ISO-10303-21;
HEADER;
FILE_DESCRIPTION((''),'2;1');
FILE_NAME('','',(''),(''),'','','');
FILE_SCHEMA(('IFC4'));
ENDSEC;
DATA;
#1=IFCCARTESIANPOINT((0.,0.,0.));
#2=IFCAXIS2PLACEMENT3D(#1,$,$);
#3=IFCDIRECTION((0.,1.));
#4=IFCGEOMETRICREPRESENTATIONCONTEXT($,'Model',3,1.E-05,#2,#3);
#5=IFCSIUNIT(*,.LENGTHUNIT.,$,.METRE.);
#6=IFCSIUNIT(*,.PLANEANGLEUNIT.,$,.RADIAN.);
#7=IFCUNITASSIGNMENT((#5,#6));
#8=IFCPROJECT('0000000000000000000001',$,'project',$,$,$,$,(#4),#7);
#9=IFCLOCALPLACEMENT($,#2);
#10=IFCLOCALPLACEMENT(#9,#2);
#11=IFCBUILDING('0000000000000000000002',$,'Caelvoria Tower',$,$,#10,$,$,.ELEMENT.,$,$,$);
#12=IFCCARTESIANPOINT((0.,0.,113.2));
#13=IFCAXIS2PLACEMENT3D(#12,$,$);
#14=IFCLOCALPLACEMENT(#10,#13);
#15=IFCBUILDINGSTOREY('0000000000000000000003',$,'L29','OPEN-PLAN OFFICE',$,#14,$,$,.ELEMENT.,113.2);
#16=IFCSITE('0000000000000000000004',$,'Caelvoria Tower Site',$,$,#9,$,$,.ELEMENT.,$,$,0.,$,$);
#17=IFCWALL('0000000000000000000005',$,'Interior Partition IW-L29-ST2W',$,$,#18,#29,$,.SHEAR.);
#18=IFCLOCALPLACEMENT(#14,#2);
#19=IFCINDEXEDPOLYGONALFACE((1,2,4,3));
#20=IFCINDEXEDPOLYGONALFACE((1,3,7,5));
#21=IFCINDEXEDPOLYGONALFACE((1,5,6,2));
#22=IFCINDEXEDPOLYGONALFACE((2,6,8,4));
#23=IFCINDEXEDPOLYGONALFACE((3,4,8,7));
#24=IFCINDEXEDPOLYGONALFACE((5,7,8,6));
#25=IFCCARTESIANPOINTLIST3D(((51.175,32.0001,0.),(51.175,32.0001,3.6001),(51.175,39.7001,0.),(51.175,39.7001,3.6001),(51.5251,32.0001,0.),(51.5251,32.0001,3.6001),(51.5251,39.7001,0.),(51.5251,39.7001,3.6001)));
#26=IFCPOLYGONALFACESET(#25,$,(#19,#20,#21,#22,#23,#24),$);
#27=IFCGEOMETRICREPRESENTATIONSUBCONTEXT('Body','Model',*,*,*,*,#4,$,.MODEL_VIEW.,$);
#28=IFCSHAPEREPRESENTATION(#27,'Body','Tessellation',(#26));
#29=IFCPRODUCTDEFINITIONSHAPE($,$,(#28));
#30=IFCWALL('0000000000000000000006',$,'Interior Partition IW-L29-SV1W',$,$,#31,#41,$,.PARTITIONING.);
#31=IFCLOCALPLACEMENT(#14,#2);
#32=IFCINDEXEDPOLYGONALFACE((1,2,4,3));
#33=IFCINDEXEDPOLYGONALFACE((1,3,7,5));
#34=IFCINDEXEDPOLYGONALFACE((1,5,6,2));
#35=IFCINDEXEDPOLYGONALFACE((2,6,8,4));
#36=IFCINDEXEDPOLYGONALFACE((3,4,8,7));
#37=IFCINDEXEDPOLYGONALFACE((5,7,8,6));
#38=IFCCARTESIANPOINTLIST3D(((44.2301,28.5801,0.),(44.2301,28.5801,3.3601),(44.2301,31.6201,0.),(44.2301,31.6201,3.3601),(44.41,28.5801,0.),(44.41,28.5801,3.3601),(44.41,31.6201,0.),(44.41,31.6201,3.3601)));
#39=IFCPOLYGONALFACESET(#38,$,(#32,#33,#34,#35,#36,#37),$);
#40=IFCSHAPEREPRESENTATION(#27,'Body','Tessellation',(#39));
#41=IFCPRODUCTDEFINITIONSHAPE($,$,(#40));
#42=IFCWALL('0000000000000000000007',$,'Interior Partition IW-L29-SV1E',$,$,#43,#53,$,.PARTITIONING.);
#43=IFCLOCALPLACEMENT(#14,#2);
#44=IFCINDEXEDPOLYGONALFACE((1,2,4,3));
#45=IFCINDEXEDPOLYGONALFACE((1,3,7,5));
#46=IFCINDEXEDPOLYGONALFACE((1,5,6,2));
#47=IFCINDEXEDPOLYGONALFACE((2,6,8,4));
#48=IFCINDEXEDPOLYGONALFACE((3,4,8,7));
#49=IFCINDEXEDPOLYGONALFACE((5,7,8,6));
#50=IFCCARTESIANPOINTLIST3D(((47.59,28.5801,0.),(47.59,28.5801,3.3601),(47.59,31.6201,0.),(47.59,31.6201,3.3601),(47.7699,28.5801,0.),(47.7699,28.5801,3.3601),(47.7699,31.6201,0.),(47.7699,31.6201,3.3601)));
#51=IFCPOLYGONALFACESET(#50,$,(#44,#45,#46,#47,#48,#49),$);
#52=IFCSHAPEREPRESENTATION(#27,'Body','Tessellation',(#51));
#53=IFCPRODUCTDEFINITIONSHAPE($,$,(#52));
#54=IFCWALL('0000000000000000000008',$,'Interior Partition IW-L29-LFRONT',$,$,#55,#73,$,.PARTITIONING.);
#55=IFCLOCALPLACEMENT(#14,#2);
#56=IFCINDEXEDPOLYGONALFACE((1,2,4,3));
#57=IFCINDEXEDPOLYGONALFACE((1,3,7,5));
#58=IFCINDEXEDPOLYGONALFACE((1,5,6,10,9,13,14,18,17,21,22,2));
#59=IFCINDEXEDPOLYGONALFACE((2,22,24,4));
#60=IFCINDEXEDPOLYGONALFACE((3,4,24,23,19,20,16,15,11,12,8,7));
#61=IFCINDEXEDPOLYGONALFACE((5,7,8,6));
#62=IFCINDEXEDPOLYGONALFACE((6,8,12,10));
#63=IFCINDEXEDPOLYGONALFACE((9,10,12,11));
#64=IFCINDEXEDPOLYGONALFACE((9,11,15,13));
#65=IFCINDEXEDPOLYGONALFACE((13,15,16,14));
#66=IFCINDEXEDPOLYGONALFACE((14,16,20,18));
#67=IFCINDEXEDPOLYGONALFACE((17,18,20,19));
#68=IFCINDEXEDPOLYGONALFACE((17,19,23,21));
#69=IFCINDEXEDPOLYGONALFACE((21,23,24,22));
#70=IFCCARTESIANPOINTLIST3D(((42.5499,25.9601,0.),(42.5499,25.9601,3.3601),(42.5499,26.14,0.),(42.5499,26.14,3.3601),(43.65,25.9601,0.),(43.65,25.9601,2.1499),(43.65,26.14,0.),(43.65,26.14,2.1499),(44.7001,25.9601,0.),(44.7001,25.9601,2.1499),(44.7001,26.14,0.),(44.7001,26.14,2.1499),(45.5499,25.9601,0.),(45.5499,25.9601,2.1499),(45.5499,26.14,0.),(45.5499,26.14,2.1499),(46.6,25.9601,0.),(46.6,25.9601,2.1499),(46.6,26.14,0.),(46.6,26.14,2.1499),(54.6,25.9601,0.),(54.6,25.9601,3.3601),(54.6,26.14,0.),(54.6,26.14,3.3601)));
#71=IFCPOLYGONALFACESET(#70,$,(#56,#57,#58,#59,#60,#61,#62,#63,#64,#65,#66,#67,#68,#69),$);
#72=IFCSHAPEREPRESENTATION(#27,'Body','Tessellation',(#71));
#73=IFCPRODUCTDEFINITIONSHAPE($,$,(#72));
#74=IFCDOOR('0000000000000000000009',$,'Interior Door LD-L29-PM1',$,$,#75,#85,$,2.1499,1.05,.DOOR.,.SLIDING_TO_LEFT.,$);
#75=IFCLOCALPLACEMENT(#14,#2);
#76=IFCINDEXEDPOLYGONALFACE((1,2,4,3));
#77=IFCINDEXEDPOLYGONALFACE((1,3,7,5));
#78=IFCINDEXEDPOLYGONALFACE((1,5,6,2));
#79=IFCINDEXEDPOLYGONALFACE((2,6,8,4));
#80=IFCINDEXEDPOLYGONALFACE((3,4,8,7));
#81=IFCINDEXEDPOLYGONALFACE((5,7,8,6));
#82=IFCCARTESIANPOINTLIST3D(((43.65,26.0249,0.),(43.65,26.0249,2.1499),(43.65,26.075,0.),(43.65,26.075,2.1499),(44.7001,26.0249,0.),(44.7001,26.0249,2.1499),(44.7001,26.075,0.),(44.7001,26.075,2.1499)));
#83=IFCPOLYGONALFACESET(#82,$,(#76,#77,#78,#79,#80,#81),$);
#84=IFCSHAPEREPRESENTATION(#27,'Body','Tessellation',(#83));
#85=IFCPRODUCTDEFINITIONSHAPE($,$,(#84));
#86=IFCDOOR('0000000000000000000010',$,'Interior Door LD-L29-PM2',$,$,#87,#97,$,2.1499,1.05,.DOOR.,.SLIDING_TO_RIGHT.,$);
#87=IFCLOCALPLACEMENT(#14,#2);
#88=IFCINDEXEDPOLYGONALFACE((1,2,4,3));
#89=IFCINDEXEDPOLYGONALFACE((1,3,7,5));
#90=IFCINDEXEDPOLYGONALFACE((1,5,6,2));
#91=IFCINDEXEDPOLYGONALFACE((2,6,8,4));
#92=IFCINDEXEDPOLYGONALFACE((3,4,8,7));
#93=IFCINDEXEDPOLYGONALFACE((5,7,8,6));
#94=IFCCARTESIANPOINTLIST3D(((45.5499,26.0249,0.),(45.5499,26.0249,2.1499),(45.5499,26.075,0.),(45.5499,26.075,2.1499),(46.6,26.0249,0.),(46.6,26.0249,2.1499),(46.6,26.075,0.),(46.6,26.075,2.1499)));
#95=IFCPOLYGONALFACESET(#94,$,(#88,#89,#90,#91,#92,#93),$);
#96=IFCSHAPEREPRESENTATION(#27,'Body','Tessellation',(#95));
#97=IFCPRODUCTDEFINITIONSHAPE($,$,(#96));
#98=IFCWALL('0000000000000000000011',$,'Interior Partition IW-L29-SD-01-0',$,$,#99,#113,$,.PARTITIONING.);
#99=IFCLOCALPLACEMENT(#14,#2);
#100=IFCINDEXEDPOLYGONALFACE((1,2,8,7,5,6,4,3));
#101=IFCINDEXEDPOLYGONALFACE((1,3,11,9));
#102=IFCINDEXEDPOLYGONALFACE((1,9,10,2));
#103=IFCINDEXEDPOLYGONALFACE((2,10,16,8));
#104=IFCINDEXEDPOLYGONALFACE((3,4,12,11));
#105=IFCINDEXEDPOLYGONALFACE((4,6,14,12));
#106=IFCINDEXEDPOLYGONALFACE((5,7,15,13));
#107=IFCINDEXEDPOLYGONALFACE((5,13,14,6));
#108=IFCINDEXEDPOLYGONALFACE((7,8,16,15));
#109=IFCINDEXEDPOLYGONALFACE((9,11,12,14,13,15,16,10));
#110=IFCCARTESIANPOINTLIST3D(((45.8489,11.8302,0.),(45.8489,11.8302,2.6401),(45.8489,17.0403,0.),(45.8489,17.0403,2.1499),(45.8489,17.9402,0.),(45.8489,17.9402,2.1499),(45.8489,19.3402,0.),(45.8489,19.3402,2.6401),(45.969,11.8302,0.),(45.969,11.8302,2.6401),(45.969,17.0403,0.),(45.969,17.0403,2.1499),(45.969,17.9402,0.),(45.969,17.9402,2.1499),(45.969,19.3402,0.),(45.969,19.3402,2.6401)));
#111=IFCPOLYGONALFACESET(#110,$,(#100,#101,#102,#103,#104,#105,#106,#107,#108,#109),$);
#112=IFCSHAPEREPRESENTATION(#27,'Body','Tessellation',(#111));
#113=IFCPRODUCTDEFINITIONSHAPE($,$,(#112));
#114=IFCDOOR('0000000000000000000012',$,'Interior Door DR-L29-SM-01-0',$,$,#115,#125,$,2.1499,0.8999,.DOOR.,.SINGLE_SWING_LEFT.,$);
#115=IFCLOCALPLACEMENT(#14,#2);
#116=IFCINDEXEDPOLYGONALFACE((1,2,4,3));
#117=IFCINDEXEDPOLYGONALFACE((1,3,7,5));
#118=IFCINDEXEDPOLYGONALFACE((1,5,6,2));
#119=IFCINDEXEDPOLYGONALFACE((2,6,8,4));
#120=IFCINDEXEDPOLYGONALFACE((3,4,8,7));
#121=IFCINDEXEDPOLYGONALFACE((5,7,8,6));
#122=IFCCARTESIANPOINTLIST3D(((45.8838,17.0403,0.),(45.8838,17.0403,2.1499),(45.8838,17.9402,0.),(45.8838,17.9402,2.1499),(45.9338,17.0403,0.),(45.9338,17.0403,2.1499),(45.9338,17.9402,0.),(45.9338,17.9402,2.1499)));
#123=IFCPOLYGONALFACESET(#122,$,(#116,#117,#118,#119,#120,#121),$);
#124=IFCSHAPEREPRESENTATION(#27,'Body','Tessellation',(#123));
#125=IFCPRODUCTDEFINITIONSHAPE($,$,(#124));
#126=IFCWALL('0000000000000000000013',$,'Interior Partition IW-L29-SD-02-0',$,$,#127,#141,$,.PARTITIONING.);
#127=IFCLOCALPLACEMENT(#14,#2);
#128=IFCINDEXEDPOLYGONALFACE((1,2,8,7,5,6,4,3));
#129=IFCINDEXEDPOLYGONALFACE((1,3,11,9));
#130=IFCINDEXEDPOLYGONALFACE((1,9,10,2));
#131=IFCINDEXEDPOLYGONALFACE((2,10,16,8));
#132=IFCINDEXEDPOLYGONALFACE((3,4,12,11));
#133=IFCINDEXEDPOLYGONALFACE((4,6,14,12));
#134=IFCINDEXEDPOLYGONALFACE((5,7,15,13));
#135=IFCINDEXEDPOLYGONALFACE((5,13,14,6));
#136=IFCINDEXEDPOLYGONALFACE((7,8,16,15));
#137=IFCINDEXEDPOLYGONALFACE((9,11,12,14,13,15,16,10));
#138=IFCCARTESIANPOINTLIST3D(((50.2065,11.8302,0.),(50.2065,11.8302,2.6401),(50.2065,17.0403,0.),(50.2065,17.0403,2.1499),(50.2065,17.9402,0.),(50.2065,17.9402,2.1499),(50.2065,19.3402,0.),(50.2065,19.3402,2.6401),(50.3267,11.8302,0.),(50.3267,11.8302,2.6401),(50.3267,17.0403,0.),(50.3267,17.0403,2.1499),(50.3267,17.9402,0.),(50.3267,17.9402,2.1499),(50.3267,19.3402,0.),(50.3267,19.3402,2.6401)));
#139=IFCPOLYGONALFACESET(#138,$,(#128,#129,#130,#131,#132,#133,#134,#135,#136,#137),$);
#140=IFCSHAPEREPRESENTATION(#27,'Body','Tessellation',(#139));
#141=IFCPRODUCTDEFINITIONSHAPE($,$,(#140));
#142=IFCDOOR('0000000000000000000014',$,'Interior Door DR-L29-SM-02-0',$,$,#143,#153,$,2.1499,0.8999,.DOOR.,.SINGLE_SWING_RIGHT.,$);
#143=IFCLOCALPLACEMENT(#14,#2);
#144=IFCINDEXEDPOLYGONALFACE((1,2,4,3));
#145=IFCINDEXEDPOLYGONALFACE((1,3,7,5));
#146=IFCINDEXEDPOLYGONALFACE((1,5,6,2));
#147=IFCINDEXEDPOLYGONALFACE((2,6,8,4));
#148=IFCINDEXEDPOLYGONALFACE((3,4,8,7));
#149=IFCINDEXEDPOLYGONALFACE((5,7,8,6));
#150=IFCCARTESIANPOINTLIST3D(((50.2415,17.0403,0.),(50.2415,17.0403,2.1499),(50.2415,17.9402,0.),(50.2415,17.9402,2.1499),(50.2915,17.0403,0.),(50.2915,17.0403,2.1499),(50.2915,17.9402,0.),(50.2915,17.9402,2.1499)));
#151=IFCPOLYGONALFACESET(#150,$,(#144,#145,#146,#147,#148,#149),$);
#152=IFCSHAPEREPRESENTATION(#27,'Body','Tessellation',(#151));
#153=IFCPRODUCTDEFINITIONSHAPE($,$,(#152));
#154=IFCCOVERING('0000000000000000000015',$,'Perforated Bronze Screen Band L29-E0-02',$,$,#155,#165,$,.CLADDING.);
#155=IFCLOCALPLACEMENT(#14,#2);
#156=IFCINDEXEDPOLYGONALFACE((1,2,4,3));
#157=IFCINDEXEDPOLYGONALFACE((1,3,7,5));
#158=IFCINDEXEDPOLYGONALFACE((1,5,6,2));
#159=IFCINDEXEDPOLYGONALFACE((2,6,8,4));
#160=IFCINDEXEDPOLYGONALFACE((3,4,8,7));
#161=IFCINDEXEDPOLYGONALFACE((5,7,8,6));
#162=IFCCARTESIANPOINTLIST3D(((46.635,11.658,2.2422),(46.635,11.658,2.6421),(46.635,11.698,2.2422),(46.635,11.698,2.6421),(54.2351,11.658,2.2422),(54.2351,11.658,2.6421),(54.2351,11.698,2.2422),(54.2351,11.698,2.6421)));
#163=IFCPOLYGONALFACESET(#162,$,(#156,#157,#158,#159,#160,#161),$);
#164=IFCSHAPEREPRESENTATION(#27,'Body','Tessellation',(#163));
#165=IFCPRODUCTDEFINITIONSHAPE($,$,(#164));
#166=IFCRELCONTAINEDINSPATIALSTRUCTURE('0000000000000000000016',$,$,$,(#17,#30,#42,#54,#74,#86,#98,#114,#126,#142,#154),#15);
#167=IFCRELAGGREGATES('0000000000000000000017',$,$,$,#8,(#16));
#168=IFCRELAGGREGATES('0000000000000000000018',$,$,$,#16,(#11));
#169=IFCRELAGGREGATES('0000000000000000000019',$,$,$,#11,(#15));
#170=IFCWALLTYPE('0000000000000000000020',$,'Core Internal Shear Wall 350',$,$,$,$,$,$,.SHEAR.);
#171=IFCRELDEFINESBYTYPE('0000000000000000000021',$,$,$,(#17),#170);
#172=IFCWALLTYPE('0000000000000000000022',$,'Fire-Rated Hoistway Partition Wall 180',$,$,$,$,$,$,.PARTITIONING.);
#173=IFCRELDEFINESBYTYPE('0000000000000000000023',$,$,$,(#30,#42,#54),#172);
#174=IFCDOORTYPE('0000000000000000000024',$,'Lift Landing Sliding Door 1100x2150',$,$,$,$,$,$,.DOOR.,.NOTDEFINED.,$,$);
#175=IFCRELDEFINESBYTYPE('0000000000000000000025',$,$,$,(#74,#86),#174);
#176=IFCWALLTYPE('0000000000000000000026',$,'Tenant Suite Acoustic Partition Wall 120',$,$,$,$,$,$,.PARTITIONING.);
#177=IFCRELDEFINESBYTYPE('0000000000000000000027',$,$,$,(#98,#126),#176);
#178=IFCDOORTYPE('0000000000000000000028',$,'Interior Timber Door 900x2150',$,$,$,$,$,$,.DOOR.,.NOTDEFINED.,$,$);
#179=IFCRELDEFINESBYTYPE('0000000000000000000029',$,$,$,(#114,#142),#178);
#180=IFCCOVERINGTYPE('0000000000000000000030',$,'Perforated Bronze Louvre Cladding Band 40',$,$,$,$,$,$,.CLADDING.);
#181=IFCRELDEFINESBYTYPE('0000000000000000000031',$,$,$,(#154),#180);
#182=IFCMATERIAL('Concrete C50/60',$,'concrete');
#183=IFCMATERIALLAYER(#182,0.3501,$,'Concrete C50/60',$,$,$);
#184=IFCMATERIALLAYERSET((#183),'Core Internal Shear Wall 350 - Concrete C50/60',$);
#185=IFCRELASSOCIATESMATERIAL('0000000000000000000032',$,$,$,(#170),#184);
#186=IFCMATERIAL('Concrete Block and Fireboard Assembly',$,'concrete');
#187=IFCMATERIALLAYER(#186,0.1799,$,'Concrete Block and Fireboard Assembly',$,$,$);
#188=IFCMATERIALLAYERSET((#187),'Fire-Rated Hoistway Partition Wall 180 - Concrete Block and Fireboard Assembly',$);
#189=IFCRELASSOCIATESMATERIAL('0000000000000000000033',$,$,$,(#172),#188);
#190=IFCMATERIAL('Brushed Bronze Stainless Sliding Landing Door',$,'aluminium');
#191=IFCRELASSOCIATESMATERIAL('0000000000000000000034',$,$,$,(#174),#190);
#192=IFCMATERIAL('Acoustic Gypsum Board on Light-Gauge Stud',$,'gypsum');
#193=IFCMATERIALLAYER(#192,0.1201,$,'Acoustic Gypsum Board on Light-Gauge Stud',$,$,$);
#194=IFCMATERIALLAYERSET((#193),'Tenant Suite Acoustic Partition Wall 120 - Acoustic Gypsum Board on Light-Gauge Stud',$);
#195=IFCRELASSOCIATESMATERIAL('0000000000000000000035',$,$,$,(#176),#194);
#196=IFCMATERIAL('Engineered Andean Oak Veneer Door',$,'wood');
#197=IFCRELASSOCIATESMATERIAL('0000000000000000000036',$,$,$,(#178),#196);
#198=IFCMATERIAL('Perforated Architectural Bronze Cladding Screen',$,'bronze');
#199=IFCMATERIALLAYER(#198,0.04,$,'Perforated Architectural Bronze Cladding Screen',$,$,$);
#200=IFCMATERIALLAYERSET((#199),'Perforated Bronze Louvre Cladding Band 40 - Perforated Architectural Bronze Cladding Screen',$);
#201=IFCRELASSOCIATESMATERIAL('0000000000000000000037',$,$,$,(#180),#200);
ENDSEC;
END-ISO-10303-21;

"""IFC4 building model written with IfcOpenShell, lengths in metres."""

from ifc_helpers import new_model, si_unit, direction, frame, frame_2d, origin, origin_2d, place, context, subcontext, project, spatial, rectangle, extrude, material, layer, layer_set, type_object, element, fill, save


model = new_model("IFC4")

# Units and contexts
model_context = context("Model", 3, precision=1e-05, world=origin(), true_north=direction((0.0, 1.0)))
body_context = subcontext(model_context, "Body", "Model", "MODEL_VIEW")
ifc_project = project(units=[si_unit("LENGTHUNIT", "METRE"), si_unit("PLANEANGLEUNIT", "RADIAN")], contexts=[model_context])

# Site, building, storey
site_placement = place(None, origin())
site = spatial("IfcSite", under=ifc_project, at=site_placement, Name="Caelvoria Tower Site", CompositionType="ELEMENT", RefElevation=0.0)
building_placement = place(site_placement, origin())
building = spatial("IfcBuilding", under=site, at=building_placement, Name="Caelvoria Tower", CompositionType="ELEMENT")
storey_placement = place(building_placement, frame((0.0, 0.0, 113.2)))
storey = spatial("IfcBuildingStorey", under=building, at=storey_placement, Name="L29", Description="OPEN-PLAN OFFICE", CompositionType="ELEMENT", Elevation=113.2)

# Wall
ifc_material_1 = material(Name="Concrete C50/60", Category="concrete")
ifc_layer_1 = layer(ifc_material_1, 0.3501, Name="Concrete C50/60")
ifc_layer_set_1 = layer_set([ifc_layer_1], Name="Core Internal Shear Wall 350 - Concrete C50/60")
wall_type_1 = type_object("IfcWallType", Name="Core Internal Shear Wall 350", PredefinedType="SHEAR", material=ifc_layer_set_1)
wall_1_placement = place(storey_placement, frame((51.3501, 32.0, 0.0), z_axis=(0.0, 0.0, 1.0), x_axis=(0.0, 1.0, 0.0)))
element("IfcWall", 1, at=wall_1_placement, inside=storey, type_object=wall_type_1, Name="Interior Partition IW-L29-ST2W", PredefinedType="SHEAR", context=body_context, shape_type="SweptSolid", body=[
    extrude(rectangle(XDim=7.7, YDim=0.3501, at=frame_2d((3.8501, 0.0))), origin(), (0.0, 0.0, 1.0), 3.6001),
])

# Walls
ifc_material_2 = material(Name="Concrete Block and Fireboard Assembly", Category="concrete")
ifc_layer_2 = layer(ifc_material_2, 0.1799, Name="Concrete Block and Fireboard Assembly")
ifc_layer_set_2 = layer_set([ifc_layer_2], Name="Fire-Rated Hoistway Partition Wall 180 - Concrete Block and Fireboard Assembly")
wall_type_2 = type_object("IfcWallType", Name="Fire-Rated Hoistway Partition Wall 180", PredefinedType="PARTITIONING", material=ifc_layer_set_2)
for number, where, z_axis, x_axis, name in (
    (2, (44.3201, 28.5801, 0.0), (0.0, 0.0, 1.0), (0.0, 1.0, 0.0), "Interior Partition IW-L29-SV1W"),
    (3, (47.6799, 28.5801, 0.0), (0.0, 0.0, 1.0), (0.0, 1.0, 0.0), "Interior Partition IW-L29-SV1E"),
):
    element("IfcWall", number, at=place(storey_placement, frame(where, z_axis=z_axis, x_axis=x_axis)), inside=storey, type_object=wall_type_2, Name=name, PredefinedType="PARTITIONING", context=body_context, shape_type="SweptSolid", body=[
        extrude(rectangle(XDim=3.04, YDim=0.1799, at=frame_2d((1.52, 0.0))), origin(), (0.0, 0.0, 1.0), 3.3601),
    ])

# Wall, openings, doors
wall_2_placement = place(storey_placement, frame((42.55, 26.05, 0.0), z_axis=(0.0, 0.0, 1.0), x_axis=(1.0, 0.0, 0.0)))
wall_2 = element("IfcWall", 4, at=wall_2_placement, inside=storey, type_object=wall_type_2, Name="Interior Partition IW-L29-LFRONT", PredefinedType="PARTITIONING", context=body_context, shape_type="SweptSolid", body=[
    extrude(rectangle(XDim=12.05, YDim=0.1799, at=frame_2d((6.0249, 0.0))), origin(), (0.0, 0.0, 1.0), 3.3601),
])
opening_1_placement = place(wall_2_placement, frame((1.1001, 0.0, 0.0)))
opening_1 = element("IfcOpeningElement", 5, at=opening_1_placement, cuts=wall_2, PredefinedType="OPENING", context=body_context, shape_type="SweptSolid", body=[
    extrude(rectangle(XDim=1.05, YDim=2.1499, at=frame_2d((0.5249, 1.075))), frame((0.0, 0.0999, 0.0), z_axis=(0.0, -1.0, 0.0), x_axis=(1.0, 0.0, 0.0)), (0.0, 0.0, 1.0), 0.2),
])
opening_2_placement = place(wall_2_placement, frame((3.0, 0.0, 0.0)))
opening_2 = element("IfcOpeningElement", 6, at=opening_2_placement, cuts=wall_2, PredefinedType="OPENING", context=body_context, shape_type="SweptSolid", body=[
    extrude(rectangle(XDim=1.05, YDim=2.1499, at=frame_2d((0.5249, 1.075))), frame((0.0, 0.0999, 0.0), z_axis=(0.0, -1.0, 0.0), x_axis=(1.0, 0.0, 0.0)), (0.0, 0.0, 1.0), 0.2),
])
ifc_material_3 = material(Name="Brushed Bronze Stainless Sliding Landing Door", Category="aluminium")
door_type_1 = type_object("IfcDoorType", Name="Lift Landing Sliding Door 1100x2150", OperationType="NOTDEFINED", PredefinedType="DOOR", material=ifc_material_3)
door_1_placement = place(opening_1_placement, origin())
door_1 = element("IfcDoor", 7, at=door_1_placement, inside=storey, type_object=door_type_1, Name="Interior Door LD-L29-PM1", OperationType="SLIDING_TO_LEFT", OverallHeight=2.1499, OverallWidth=1.05, PredefinedType="DOOR", context=body_context, shape_type="SweptSolid", body=[
    extrude(rectangle(XDim=1.05, YDim=2.1499, at=frame_2d((0.5249, 1.075))), frame((0.0, 0.0249, 0.0), z_axis=(0.0, -1.0, 0.0), x_axis=(1.0, 0.0, 0.0)), (0.0, 0.0, 1.0), 0.05),
])
fill(opening_1, door_1)
door_2_placement = place(opening_2_placement, origin())
door_2 = element("IfcDoor", 8, at=door_2_placement, inside=storey, type_object=door_type_1, Name="Interior Door LD-L29-PM2", OperationType="SLIDING_TO_RIGHT", OverallHeight=2.1499, OverallWidth=1.05, PredefinedType="DOOR", context=body_context, shape_type="SweptSolid", body=[
    extrude(rectangle(XDim=1.05, YDim=2.1499, at=frame_2d((0.5249, 1.075))), frame((0.0, 0.0249, 0.0), z_axis=(0.0, -1.0, 0.0), x_axis=(1.0, 0.0, 0.0)), (0.0, 0.0, 1.0), 0.05),
])
fill(opening_2, door_2)

# Walls, openings, doors
ifc_material_4 = material(Name="Acoustic Gypsum Board on Light-Gauge Stud", Category="gypsum")
ifc_layer_3 = layer(ifc_material_4, 0.1201, Name="Acoustic Gypsum Board on Light-Gauge Stud")
ifc_layer_set_3 = layer_set([ifc_layer_3], Name="Tenant Suite Acoustic Partition Wall 120 - Acoustic Gypsum Board on Light-Gauge Stud")
wall_type_3 = type_object("IfcWallType", Name="Tenant Suite Acoustic Partition Wall 120", PredefinedType="PARTITIONING", material=ifc_layer_set_3)
wall_3_placement = place(storey_placement, frame((45.9089, 19.3401, 0.0), z_axis=(0.0, 0.0, 1.0), x_axis=(0.0, -1.0, 0.0)))
wall_3 = element("IfcWall", 9, at=wall_3_placement, inside=storey, type_object=wall_type_3, Name="Interior Partition IW-L29-SD-01-0", PredefinedType="PARTITIONING", context=body_context, shape_type="SweptSolid", body=[
    extrude(rectangle(XDim=7.51, YDim=0.1201, at=frame_2d((3.7549, 0.0))), origin(), (0.0, 0.0, 1.0), 2.6401),
])
opening_3_placement = place(wall_3_placement, frame((1.3999, 0.0, 0.0)))
opening_3 = element("IfcOpeningElement", 10, at=opening_3_placement, cuts=wall_3, PredefinedType="OPENING", context=body_context, shape_type="SweptSolid", body=[
    extrude(rectangle(XDim=0.8999, YDim=2.1499, at=frame_2d((0.45, 1.075))), frame((0.0, 0.0701, 0.0), z_axis=(0.0, -1.0, 0.0), x_axis=(1.0, 0.0, 0.0)), (0.0, 0.0, 1.0), 0.1401),
])
ifc_material_5 = material(Name="Engineered Andean Oak Veneer Door", Category="wood")
door_type_2 = type_object("IfcDoorType", Name="Interior Timber Door 900x2150", OperationType="NOTDEFINED", PredefinedType="DOOR", material=ifc_material_5)
door_3_placement = place(opening_3_placement, origin())
door_3 = element("IfcDoor", 11, at=door_3_placement, inside=storey, type_object=door_type_2, Name="Interior Door DR-L29-SM-01-0", OperationType="SINGLE_SWING_LEFT", OverallHeight=2.1499, OverallWidth=0.8999, PredefinedType="DOOR", context=body_context, shape_type="SweptSolid", body=[
    extrude(rectangle(XDim=0.8999, YDim=2.1499, at=frame_2d((0.45, 1.075))), frame((0.0, 0.0249, 0.0), z_axis=(0.0, -1.0, 0.0), x_axis=(1.0, 0.0, 0.0)), (0.0, 0.0, 1.0), 0.05),
])
fill(opening_3, door_3)
wall_4_placement = place(storey_placement, frame((50.2666, 19.3401, 0.0), z_axis=(0.0, 0.0, 1.0), x_axis=(0.0, -1.0, 0.0)))
wall_4 = element("IfcWall", 12, at=wall_4_placement, inside=storey, type_object=wall_type_3, Name="Interior Partition IW-L29-SD-02-0", PredefinedType="PARTITIONING", context=body_context, shape_type="SweptSolid", body=[
    extrude(rectangle(XDim=7.51, YDim=0.1201, at=frame_2d((3.7549, 0.0))), origin(), (0.0, 0.0, 1.0), 2.6401),
])
opening_4_placement = place(wall_4_placement, frame((1.3999, 0.0, 0.0)))
opening_4 = element("IfcOpeningElement", 13, at=opening_4_placement, cuts=wall_4, PredefinedType="OPENING", context=body_context, shape_type="SweptSolid", body=[
    extrude(rectangle(XDim=0.8999, YDim=2.1499, at=frame_2d((0.45, 1.075))), frame((0.0, 0.0701, 0.0), z_axis=(0.0, -1.0, 0.0), x_axis=(1.0, 0.0, 0.0)), (0.0, 0.0, 1.0), 0.1401),
])
door_4_placement = place(opening_4_placement, origin())
door_4 = element("IfcDoor", 14, at=door_4_placement, inside=storey, type_object=door_type_2, Name="Interior Door DR-L29-SM-02-0", OperationType="SINGLE_SWING_RIGHT", OverallHeight=2.1499, OverallWidth=0.8999, PredefinedType="DOOR", context=body_context, shape_type="SweptSolid", body=[
    extrude(rectangle(XDim=0.8999, YDim=2.1499, at=frame_2d((0.45, 1.075))), frame((0.0, 0.0249, 0.0), z_axis=(0.0, -1.0, 0.0), x_axis=(1.0, 0.0, 0.0)), (0.0, 0.0, 1.0), 0.05),
])
fill(opening_4, door_4)

# Covering
ifc_material_6 = material(Name="Perforated Architectural Bronze Cladding Screen", Category="bronze")
ifc_layer_4 = layer(ifc_material_6, 0.04, Name="Perforated Architectural Bronze Cladding Screen")
ifc_layer_set_4 = layer_set([ifc_layer_4], Name="Perforated Bronze Louvre Cladding Band 40 - Perforated Architectural Bronze Cladding Screen")
covering_type = type_object("IfcCoveringType", Name="Perforated Bronze Louvre Cladding Band 40", PredefinedType="CLADDING", material=ifc_layer_set_4)
for number, where, z_axis, x_axis, name in (
    (15, (50.4351, 11.678, 2.2422), (0.0, 0.0, 1.0), (1.0, 0.0, 0.0), "Perforated Bronze Screen Band L29-E0-02"),
):
    element("IfcCovering", number, at=place(storey_placement, frame(where, z_axis=z_axis, x_axis=x_axis)), inside=storey, type_object=covering_type, Name=name, PredefinedType="CLADDING", context=body_context, shape_type="SweptSolid", body=[
        extrude(rectangle(XDim=7.6001, YDim=0.04, at=origin_2d()), origin(), (0.0, 0.0, 1.0), 0.3999),
    ])

save(model, "model.ifc")
